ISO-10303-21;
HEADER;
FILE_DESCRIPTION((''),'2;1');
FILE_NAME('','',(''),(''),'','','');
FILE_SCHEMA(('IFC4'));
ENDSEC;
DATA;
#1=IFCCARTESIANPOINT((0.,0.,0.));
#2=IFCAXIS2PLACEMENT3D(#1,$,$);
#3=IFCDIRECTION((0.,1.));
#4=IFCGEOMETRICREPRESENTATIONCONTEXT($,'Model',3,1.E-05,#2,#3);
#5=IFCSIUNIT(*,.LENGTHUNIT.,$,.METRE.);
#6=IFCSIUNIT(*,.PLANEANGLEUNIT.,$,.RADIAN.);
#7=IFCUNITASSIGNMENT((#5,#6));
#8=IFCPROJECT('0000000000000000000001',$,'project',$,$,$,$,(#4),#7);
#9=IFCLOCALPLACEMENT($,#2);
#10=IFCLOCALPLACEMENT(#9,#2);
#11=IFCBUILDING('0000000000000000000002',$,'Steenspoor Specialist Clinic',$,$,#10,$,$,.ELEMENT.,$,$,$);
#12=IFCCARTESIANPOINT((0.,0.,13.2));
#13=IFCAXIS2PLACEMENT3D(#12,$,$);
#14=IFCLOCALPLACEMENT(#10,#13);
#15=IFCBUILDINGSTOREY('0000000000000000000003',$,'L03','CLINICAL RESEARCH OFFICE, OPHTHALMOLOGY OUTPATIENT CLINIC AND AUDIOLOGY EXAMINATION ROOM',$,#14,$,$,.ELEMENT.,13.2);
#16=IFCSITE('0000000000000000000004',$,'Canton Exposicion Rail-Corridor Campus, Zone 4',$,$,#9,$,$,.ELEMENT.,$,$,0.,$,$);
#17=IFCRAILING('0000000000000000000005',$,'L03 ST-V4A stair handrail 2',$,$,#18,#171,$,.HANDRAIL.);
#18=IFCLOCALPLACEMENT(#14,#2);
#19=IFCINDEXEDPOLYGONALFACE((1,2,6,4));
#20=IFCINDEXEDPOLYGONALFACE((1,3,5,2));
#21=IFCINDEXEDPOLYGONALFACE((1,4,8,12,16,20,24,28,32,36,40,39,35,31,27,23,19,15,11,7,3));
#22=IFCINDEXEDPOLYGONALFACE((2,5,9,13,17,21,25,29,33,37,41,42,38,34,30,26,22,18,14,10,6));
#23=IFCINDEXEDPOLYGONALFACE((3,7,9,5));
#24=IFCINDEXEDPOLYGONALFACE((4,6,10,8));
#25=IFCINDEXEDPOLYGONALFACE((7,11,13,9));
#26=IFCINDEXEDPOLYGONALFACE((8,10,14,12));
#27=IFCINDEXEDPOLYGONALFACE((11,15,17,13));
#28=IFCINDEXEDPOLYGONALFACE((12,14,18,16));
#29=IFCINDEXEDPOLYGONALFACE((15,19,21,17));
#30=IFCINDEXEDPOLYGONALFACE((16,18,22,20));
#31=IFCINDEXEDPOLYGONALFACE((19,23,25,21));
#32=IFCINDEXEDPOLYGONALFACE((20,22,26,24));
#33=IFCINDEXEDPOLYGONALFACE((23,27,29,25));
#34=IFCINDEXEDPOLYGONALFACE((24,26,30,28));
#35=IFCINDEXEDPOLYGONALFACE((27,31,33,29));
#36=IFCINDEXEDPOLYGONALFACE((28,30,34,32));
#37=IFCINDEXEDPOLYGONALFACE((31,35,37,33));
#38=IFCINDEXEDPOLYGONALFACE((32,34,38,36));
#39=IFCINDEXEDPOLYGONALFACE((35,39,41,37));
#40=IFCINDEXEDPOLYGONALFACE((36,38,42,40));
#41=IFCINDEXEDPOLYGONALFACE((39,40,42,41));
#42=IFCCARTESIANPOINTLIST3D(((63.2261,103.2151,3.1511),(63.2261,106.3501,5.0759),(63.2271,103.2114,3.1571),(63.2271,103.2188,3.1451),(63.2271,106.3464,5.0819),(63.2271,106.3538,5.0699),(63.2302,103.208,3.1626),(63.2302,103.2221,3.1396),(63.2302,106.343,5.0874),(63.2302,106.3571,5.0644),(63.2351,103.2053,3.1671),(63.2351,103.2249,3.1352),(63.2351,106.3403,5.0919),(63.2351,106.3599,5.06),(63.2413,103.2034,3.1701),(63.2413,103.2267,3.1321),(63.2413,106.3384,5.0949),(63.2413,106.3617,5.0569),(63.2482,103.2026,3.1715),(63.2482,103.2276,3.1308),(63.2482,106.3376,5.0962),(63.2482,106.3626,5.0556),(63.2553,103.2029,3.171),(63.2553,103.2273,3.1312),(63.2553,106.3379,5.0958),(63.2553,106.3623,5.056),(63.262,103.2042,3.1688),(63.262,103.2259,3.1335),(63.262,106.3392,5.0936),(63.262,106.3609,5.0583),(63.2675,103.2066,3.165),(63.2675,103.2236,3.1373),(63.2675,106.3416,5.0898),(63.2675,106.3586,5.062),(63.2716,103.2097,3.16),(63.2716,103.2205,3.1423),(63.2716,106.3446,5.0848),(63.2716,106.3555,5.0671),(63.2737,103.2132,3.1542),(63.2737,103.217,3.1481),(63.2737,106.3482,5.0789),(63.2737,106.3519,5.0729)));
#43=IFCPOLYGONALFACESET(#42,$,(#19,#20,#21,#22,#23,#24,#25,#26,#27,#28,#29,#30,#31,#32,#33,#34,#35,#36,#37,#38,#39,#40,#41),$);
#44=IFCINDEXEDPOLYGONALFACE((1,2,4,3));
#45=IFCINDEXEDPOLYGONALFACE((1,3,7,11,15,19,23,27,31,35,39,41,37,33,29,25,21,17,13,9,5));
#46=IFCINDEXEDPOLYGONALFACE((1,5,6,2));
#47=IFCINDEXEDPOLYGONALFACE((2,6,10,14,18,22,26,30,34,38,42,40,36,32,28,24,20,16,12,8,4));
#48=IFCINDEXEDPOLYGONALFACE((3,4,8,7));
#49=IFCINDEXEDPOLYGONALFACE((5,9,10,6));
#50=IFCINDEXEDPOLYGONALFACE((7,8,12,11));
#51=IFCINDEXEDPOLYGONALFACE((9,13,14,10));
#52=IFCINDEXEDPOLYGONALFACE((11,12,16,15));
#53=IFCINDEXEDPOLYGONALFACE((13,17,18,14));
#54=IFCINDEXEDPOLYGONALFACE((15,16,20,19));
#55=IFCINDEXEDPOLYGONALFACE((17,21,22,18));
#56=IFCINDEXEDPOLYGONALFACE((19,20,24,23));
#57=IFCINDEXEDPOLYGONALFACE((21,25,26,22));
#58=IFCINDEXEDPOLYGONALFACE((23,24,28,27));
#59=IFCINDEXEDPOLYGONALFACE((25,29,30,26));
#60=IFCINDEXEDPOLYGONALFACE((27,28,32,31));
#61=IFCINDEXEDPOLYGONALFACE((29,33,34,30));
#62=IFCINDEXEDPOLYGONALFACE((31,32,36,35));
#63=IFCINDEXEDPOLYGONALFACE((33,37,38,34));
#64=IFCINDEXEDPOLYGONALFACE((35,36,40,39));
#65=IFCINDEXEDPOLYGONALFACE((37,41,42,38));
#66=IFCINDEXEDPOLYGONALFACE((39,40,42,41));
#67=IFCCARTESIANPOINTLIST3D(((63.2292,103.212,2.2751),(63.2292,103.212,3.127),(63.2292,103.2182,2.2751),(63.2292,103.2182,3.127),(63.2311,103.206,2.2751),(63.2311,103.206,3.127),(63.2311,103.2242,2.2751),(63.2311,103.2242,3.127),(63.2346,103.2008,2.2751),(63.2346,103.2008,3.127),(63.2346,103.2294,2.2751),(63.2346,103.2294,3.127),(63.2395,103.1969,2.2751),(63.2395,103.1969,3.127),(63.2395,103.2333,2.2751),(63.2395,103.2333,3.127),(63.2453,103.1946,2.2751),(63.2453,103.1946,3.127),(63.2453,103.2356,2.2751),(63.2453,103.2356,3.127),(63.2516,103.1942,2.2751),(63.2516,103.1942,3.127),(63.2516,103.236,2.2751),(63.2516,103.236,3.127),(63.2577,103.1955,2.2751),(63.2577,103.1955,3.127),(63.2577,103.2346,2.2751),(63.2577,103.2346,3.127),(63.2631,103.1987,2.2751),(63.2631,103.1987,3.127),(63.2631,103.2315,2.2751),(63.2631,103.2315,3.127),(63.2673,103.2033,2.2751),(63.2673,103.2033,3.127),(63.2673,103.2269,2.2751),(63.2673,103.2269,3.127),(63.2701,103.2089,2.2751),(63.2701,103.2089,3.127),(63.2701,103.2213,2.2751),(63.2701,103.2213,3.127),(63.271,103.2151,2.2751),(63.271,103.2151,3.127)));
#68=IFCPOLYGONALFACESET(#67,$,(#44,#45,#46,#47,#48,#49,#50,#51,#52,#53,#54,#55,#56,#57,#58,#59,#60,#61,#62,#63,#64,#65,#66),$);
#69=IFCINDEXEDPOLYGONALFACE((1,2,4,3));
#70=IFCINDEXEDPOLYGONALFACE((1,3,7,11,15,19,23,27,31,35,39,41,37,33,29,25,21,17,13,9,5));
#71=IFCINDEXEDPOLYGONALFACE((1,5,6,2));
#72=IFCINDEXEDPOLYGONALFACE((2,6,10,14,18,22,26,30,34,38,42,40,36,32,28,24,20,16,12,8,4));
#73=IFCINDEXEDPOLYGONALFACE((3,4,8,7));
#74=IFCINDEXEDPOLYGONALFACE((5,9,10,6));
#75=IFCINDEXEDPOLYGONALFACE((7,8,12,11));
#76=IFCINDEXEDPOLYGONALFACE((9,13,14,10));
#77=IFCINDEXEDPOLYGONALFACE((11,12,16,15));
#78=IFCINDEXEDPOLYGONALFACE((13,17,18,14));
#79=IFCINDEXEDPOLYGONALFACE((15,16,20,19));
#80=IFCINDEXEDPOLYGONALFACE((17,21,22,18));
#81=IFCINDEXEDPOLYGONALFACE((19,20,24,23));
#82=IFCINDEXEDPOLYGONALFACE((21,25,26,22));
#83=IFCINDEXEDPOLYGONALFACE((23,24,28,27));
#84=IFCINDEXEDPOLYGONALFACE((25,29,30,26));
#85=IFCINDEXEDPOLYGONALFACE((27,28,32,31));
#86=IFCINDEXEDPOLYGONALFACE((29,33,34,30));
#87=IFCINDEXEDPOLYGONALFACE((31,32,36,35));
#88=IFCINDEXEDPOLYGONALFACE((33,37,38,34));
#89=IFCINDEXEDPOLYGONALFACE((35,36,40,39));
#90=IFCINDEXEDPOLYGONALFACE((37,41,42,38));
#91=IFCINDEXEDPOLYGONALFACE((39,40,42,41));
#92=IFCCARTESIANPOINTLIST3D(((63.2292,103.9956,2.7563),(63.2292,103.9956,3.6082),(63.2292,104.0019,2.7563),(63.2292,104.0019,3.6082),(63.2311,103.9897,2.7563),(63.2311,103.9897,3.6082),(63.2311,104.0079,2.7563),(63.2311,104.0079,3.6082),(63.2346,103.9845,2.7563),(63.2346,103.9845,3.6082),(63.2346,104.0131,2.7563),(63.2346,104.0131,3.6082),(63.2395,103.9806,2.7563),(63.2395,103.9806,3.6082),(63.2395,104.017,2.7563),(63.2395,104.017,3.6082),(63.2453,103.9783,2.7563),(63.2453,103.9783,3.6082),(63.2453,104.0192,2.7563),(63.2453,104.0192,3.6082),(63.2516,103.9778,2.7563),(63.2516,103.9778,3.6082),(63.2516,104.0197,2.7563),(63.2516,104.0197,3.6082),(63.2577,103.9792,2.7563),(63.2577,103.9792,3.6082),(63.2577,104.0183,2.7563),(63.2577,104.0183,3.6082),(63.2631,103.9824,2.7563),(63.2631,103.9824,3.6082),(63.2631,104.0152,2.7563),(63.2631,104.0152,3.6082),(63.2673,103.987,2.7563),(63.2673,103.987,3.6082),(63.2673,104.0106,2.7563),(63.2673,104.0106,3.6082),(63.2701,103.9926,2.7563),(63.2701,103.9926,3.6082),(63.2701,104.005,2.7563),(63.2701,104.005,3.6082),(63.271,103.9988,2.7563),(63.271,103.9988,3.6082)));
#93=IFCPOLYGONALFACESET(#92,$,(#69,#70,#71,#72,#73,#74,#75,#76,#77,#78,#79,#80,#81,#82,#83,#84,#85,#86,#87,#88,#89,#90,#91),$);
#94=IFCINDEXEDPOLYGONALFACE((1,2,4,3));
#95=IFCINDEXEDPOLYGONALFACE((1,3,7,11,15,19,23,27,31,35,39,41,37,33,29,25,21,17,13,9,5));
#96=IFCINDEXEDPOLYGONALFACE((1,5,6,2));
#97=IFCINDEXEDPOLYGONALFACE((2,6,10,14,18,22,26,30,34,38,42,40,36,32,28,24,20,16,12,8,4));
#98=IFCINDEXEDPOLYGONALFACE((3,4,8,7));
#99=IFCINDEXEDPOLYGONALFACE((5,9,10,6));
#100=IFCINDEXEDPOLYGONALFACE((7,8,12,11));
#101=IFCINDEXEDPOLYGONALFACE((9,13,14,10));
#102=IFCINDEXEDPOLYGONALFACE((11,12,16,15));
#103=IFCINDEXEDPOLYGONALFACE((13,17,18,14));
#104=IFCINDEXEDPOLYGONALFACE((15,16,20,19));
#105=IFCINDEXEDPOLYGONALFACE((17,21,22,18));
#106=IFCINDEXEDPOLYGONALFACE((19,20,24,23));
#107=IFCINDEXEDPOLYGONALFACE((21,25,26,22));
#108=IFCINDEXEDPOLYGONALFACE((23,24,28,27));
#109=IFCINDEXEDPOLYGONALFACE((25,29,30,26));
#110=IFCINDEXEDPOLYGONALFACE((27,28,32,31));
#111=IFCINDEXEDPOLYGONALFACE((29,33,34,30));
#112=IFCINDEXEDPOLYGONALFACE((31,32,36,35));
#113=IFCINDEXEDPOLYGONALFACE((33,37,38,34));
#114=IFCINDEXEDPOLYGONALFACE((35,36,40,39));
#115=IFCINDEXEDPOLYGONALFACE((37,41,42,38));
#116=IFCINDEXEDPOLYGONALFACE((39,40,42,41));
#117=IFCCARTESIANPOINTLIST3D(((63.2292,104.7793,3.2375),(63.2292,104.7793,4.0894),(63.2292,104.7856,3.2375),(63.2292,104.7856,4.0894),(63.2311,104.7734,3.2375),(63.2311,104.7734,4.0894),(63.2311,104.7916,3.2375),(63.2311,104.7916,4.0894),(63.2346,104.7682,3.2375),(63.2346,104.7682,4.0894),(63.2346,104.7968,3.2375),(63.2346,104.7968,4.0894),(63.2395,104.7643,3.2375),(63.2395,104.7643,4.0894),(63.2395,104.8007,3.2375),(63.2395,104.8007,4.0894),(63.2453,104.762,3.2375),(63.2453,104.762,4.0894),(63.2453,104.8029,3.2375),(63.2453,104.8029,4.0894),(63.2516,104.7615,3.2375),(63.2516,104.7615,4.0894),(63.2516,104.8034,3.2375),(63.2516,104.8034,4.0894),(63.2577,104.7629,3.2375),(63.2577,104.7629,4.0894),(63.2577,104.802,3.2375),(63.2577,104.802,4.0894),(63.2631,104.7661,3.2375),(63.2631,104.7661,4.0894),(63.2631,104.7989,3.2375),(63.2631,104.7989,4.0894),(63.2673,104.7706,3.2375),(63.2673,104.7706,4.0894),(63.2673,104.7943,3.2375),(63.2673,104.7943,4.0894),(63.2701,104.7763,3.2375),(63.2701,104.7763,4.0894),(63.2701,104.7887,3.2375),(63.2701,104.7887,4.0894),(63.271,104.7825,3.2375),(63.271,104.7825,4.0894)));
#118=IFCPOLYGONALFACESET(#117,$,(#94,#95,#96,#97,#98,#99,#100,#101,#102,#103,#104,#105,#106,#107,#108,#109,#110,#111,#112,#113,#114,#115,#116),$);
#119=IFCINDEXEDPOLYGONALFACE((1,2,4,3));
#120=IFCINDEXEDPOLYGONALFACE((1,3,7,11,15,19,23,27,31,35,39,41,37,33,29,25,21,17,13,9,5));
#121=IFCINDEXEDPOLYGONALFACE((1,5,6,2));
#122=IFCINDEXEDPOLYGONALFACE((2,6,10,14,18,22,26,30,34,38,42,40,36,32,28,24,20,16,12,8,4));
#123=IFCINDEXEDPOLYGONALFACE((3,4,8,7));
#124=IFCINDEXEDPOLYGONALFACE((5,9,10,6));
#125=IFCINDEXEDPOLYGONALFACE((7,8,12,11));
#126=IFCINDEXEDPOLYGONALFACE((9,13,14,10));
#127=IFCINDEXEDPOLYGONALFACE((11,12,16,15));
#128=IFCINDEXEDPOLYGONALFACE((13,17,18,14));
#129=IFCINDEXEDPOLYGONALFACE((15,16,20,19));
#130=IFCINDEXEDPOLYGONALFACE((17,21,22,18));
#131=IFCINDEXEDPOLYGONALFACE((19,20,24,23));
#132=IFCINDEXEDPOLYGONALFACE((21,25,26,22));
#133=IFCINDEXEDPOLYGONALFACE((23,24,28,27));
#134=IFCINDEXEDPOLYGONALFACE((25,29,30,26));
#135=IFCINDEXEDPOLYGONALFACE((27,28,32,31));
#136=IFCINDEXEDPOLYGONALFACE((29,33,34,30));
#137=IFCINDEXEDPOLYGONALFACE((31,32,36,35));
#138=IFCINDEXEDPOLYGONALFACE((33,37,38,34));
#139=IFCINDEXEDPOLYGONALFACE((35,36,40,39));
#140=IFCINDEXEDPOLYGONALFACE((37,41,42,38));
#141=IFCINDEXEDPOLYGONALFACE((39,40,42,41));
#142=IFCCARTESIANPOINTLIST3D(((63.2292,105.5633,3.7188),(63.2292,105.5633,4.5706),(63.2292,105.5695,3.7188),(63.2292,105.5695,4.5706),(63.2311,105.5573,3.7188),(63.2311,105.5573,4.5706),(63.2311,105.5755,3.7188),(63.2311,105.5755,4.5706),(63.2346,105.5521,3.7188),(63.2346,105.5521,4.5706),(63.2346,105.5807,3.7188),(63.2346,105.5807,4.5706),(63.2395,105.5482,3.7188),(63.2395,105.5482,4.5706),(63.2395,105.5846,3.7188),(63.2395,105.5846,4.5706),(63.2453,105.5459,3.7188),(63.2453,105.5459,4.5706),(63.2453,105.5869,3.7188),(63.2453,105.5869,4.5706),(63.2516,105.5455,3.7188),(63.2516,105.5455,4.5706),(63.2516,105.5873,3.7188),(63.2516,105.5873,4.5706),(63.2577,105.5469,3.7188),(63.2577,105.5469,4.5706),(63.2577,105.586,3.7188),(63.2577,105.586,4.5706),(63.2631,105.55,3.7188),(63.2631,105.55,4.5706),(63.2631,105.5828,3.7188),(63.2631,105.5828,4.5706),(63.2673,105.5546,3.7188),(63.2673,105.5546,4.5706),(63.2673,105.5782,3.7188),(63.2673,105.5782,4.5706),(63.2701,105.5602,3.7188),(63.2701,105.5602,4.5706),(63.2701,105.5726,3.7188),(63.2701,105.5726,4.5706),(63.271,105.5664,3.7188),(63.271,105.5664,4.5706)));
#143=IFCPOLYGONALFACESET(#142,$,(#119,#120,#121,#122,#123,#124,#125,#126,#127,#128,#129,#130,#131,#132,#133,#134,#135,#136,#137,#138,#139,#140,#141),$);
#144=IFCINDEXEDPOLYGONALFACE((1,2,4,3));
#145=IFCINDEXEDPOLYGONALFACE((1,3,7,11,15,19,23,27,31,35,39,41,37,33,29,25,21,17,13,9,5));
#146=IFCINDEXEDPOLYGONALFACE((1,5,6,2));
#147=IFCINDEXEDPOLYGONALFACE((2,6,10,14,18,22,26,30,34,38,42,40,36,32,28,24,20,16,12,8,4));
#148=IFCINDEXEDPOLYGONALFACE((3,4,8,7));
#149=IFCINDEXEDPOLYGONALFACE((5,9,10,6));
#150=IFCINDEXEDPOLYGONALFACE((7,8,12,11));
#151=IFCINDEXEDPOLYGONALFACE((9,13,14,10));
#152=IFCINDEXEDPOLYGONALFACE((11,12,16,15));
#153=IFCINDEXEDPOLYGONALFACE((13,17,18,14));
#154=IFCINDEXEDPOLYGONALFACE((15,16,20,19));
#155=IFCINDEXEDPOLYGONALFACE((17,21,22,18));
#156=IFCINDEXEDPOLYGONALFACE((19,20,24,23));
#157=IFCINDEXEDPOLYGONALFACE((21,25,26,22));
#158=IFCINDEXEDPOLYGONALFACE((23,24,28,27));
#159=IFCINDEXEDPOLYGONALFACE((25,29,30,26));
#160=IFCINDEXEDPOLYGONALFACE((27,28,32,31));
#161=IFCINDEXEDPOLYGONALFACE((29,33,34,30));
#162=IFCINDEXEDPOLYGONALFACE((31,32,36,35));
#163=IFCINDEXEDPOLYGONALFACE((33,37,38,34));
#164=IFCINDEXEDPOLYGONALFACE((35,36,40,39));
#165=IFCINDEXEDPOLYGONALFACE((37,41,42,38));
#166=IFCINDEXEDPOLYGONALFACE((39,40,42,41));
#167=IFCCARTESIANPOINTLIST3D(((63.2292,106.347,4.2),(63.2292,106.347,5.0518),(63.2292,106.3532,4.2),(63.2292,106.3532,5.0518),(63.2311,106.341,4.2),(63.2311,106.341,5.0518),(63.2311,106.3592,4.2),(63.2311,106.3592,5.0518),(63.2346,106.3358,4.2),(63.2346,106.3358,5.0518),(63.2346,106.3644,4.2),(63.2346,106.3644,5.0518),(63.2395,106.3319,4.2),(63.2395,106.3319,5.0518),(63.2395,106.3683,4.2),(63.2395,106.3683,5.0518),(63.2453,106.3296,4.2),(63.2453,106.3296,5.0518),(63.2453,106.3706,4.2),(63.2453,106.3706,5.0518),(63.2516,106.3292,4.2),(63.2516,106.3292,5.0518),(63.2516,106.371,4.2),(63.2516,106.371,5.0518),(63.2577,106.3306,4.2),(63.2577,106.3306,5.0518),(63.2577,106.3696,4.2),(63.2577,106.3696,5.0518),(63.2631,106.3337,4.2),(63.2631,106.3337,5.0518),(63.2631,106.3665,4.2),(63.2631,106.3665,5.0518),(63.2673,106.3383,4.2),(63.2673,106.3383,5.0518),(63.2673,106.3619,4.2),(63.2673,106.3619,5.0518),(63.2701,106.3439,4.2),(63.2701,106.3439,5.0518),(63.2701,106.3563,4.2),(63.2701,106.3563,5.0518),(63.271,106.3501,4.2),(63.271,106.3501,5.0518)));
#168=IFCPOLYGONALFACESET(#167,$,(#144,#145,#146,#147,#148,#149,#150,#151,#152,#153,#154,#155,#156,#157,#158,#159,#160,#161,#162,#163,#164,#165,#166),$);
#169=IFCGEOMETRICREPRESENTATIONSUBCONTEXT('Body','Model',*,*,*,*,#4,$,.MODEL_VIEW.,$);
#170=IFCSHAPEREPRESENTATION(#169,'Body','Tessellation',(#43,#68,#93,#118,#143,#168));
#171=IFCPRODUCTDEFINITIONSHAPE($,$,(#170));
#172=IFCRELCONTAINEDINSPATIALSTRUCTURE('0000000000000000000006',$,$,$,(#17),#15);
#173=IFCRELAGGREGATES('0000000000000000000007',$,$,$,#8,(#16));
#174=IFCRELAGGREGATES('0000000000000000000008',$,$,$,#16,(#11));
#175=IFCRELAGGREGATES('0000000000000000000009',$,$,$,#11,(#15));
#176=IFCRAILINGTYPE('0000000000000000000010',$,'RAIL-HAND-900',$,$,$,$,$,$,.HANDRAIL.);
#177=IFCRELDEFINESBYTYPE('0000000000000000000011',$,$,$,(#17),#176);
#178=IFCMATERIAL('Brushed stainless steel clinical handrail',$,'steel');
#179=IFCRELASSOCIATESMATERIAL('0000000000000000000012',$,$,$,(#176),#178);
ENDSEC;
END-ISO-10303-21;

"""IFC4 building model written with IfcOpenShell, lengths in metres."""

from ifc_helpers import new_model, si_unit, direction, frame, origin, origin_2d, place, context, subcontext, project, spatial, circle, extrude, material, type_object, element, save


model = new_model("IFC4")

# Units and contexts
model_context = context("Model", 3, precision=1e-05, world=origin(), true_north=direction((0.0, 1.0)))
body_context = subcontext(model_context, "Body", "Model", "MODEL_VIEW")
ifc_project = project(units=[si_unit("LENGTHUNIT", "METRE"), si_unit("PLANEANGLEUNIT", "RADIAN")], contexts=[model_context])

# Site, building, storey
site_placement = place(None, origin())
site = spatial("IfcSite", under=ifc_project, at=site_placement, Name="Canton Exposicion Rail-Corridor Campus, Zone 4", CompositionType="ELEMENT", RefElevation=0.0)
building_placement = place(site_placement, origin())
building = spatial("IfcBuilding", under=site, at=building_placement, Name="Steenspoor Specialist Clinic", CompositionType="ELEMENT")
storey_placement = place(building_placement, frame((0.0, 0.0, 13.2)))
storey = spatial("IfcBuildingStorey", under=building, at=storey_placement, Name="L03", Description="CLINICAL RESEARCH OFFICE, OPHTHALMOLOGY OUTPATIENT CLINIC AND AUDIOLOGY EXAMINATION ROOM", CompositionType="ELEMENT", Elevation=13.2)

# Railing
ifc_material_1 = material(Name="Brushed stainless steel clinical handrail", Category="steel")
railing_type_1 = type_object("IfcRailingType", Name="RAIL-HAND-900", PredefinedType="HANDRAIL", material=ifc_material_1)
railing_1_placement = place(storey_placement, frame((63.25, 103.2151, 2.2751)))
element("IfcRailing", 1, at=railing_1_placement, inside=storey, type_object=railing_type_1, Name="L03 ST-V4A stair handrail 2", PredefinedType="HANDRAIL", context=body_context, shape_type="SweptSolid", body=[
    extrude(circle(Radius=0.0239, at=origin_2d()), frame((0.0, 0.0, 0.876), z_axis=(0.0, 0.852196, 0.523223), x_axis=(-1.0, 0.0, 0.0)), (0.0, 0.0, 1.0), 3.6787),
    extrude(circle(Radius=0.021, at=origin_2d()), origin(), (0.0, 0.0, 1.0), 0.8518),
    extrude(circle(Radius=0.021, at=origin_2d()), frame((0.0, 0.7837, 0.4812)), (0.0, 0.0, 1.0), 0.8518),
    extrude(circle(Radius=0.021, at=origin_2d()), frame((0.0, 1.5674, 0.9624)), (0.0, 0.0, 1.0), 0.8518),
    extrude(circle(Radius=0.021, at=origin_2d()), frame((0.0, 2.3513, 1.4436)), (0.0, 0.0, 1.0), 0.8518),
    extrude(circle(Radius=0.021, at=origin_2d()), frame((0.0, 3.135, 1.9248)), (0.0, 0.0, 1.0), 0.8518),
])

save(model, "model.ifc")
